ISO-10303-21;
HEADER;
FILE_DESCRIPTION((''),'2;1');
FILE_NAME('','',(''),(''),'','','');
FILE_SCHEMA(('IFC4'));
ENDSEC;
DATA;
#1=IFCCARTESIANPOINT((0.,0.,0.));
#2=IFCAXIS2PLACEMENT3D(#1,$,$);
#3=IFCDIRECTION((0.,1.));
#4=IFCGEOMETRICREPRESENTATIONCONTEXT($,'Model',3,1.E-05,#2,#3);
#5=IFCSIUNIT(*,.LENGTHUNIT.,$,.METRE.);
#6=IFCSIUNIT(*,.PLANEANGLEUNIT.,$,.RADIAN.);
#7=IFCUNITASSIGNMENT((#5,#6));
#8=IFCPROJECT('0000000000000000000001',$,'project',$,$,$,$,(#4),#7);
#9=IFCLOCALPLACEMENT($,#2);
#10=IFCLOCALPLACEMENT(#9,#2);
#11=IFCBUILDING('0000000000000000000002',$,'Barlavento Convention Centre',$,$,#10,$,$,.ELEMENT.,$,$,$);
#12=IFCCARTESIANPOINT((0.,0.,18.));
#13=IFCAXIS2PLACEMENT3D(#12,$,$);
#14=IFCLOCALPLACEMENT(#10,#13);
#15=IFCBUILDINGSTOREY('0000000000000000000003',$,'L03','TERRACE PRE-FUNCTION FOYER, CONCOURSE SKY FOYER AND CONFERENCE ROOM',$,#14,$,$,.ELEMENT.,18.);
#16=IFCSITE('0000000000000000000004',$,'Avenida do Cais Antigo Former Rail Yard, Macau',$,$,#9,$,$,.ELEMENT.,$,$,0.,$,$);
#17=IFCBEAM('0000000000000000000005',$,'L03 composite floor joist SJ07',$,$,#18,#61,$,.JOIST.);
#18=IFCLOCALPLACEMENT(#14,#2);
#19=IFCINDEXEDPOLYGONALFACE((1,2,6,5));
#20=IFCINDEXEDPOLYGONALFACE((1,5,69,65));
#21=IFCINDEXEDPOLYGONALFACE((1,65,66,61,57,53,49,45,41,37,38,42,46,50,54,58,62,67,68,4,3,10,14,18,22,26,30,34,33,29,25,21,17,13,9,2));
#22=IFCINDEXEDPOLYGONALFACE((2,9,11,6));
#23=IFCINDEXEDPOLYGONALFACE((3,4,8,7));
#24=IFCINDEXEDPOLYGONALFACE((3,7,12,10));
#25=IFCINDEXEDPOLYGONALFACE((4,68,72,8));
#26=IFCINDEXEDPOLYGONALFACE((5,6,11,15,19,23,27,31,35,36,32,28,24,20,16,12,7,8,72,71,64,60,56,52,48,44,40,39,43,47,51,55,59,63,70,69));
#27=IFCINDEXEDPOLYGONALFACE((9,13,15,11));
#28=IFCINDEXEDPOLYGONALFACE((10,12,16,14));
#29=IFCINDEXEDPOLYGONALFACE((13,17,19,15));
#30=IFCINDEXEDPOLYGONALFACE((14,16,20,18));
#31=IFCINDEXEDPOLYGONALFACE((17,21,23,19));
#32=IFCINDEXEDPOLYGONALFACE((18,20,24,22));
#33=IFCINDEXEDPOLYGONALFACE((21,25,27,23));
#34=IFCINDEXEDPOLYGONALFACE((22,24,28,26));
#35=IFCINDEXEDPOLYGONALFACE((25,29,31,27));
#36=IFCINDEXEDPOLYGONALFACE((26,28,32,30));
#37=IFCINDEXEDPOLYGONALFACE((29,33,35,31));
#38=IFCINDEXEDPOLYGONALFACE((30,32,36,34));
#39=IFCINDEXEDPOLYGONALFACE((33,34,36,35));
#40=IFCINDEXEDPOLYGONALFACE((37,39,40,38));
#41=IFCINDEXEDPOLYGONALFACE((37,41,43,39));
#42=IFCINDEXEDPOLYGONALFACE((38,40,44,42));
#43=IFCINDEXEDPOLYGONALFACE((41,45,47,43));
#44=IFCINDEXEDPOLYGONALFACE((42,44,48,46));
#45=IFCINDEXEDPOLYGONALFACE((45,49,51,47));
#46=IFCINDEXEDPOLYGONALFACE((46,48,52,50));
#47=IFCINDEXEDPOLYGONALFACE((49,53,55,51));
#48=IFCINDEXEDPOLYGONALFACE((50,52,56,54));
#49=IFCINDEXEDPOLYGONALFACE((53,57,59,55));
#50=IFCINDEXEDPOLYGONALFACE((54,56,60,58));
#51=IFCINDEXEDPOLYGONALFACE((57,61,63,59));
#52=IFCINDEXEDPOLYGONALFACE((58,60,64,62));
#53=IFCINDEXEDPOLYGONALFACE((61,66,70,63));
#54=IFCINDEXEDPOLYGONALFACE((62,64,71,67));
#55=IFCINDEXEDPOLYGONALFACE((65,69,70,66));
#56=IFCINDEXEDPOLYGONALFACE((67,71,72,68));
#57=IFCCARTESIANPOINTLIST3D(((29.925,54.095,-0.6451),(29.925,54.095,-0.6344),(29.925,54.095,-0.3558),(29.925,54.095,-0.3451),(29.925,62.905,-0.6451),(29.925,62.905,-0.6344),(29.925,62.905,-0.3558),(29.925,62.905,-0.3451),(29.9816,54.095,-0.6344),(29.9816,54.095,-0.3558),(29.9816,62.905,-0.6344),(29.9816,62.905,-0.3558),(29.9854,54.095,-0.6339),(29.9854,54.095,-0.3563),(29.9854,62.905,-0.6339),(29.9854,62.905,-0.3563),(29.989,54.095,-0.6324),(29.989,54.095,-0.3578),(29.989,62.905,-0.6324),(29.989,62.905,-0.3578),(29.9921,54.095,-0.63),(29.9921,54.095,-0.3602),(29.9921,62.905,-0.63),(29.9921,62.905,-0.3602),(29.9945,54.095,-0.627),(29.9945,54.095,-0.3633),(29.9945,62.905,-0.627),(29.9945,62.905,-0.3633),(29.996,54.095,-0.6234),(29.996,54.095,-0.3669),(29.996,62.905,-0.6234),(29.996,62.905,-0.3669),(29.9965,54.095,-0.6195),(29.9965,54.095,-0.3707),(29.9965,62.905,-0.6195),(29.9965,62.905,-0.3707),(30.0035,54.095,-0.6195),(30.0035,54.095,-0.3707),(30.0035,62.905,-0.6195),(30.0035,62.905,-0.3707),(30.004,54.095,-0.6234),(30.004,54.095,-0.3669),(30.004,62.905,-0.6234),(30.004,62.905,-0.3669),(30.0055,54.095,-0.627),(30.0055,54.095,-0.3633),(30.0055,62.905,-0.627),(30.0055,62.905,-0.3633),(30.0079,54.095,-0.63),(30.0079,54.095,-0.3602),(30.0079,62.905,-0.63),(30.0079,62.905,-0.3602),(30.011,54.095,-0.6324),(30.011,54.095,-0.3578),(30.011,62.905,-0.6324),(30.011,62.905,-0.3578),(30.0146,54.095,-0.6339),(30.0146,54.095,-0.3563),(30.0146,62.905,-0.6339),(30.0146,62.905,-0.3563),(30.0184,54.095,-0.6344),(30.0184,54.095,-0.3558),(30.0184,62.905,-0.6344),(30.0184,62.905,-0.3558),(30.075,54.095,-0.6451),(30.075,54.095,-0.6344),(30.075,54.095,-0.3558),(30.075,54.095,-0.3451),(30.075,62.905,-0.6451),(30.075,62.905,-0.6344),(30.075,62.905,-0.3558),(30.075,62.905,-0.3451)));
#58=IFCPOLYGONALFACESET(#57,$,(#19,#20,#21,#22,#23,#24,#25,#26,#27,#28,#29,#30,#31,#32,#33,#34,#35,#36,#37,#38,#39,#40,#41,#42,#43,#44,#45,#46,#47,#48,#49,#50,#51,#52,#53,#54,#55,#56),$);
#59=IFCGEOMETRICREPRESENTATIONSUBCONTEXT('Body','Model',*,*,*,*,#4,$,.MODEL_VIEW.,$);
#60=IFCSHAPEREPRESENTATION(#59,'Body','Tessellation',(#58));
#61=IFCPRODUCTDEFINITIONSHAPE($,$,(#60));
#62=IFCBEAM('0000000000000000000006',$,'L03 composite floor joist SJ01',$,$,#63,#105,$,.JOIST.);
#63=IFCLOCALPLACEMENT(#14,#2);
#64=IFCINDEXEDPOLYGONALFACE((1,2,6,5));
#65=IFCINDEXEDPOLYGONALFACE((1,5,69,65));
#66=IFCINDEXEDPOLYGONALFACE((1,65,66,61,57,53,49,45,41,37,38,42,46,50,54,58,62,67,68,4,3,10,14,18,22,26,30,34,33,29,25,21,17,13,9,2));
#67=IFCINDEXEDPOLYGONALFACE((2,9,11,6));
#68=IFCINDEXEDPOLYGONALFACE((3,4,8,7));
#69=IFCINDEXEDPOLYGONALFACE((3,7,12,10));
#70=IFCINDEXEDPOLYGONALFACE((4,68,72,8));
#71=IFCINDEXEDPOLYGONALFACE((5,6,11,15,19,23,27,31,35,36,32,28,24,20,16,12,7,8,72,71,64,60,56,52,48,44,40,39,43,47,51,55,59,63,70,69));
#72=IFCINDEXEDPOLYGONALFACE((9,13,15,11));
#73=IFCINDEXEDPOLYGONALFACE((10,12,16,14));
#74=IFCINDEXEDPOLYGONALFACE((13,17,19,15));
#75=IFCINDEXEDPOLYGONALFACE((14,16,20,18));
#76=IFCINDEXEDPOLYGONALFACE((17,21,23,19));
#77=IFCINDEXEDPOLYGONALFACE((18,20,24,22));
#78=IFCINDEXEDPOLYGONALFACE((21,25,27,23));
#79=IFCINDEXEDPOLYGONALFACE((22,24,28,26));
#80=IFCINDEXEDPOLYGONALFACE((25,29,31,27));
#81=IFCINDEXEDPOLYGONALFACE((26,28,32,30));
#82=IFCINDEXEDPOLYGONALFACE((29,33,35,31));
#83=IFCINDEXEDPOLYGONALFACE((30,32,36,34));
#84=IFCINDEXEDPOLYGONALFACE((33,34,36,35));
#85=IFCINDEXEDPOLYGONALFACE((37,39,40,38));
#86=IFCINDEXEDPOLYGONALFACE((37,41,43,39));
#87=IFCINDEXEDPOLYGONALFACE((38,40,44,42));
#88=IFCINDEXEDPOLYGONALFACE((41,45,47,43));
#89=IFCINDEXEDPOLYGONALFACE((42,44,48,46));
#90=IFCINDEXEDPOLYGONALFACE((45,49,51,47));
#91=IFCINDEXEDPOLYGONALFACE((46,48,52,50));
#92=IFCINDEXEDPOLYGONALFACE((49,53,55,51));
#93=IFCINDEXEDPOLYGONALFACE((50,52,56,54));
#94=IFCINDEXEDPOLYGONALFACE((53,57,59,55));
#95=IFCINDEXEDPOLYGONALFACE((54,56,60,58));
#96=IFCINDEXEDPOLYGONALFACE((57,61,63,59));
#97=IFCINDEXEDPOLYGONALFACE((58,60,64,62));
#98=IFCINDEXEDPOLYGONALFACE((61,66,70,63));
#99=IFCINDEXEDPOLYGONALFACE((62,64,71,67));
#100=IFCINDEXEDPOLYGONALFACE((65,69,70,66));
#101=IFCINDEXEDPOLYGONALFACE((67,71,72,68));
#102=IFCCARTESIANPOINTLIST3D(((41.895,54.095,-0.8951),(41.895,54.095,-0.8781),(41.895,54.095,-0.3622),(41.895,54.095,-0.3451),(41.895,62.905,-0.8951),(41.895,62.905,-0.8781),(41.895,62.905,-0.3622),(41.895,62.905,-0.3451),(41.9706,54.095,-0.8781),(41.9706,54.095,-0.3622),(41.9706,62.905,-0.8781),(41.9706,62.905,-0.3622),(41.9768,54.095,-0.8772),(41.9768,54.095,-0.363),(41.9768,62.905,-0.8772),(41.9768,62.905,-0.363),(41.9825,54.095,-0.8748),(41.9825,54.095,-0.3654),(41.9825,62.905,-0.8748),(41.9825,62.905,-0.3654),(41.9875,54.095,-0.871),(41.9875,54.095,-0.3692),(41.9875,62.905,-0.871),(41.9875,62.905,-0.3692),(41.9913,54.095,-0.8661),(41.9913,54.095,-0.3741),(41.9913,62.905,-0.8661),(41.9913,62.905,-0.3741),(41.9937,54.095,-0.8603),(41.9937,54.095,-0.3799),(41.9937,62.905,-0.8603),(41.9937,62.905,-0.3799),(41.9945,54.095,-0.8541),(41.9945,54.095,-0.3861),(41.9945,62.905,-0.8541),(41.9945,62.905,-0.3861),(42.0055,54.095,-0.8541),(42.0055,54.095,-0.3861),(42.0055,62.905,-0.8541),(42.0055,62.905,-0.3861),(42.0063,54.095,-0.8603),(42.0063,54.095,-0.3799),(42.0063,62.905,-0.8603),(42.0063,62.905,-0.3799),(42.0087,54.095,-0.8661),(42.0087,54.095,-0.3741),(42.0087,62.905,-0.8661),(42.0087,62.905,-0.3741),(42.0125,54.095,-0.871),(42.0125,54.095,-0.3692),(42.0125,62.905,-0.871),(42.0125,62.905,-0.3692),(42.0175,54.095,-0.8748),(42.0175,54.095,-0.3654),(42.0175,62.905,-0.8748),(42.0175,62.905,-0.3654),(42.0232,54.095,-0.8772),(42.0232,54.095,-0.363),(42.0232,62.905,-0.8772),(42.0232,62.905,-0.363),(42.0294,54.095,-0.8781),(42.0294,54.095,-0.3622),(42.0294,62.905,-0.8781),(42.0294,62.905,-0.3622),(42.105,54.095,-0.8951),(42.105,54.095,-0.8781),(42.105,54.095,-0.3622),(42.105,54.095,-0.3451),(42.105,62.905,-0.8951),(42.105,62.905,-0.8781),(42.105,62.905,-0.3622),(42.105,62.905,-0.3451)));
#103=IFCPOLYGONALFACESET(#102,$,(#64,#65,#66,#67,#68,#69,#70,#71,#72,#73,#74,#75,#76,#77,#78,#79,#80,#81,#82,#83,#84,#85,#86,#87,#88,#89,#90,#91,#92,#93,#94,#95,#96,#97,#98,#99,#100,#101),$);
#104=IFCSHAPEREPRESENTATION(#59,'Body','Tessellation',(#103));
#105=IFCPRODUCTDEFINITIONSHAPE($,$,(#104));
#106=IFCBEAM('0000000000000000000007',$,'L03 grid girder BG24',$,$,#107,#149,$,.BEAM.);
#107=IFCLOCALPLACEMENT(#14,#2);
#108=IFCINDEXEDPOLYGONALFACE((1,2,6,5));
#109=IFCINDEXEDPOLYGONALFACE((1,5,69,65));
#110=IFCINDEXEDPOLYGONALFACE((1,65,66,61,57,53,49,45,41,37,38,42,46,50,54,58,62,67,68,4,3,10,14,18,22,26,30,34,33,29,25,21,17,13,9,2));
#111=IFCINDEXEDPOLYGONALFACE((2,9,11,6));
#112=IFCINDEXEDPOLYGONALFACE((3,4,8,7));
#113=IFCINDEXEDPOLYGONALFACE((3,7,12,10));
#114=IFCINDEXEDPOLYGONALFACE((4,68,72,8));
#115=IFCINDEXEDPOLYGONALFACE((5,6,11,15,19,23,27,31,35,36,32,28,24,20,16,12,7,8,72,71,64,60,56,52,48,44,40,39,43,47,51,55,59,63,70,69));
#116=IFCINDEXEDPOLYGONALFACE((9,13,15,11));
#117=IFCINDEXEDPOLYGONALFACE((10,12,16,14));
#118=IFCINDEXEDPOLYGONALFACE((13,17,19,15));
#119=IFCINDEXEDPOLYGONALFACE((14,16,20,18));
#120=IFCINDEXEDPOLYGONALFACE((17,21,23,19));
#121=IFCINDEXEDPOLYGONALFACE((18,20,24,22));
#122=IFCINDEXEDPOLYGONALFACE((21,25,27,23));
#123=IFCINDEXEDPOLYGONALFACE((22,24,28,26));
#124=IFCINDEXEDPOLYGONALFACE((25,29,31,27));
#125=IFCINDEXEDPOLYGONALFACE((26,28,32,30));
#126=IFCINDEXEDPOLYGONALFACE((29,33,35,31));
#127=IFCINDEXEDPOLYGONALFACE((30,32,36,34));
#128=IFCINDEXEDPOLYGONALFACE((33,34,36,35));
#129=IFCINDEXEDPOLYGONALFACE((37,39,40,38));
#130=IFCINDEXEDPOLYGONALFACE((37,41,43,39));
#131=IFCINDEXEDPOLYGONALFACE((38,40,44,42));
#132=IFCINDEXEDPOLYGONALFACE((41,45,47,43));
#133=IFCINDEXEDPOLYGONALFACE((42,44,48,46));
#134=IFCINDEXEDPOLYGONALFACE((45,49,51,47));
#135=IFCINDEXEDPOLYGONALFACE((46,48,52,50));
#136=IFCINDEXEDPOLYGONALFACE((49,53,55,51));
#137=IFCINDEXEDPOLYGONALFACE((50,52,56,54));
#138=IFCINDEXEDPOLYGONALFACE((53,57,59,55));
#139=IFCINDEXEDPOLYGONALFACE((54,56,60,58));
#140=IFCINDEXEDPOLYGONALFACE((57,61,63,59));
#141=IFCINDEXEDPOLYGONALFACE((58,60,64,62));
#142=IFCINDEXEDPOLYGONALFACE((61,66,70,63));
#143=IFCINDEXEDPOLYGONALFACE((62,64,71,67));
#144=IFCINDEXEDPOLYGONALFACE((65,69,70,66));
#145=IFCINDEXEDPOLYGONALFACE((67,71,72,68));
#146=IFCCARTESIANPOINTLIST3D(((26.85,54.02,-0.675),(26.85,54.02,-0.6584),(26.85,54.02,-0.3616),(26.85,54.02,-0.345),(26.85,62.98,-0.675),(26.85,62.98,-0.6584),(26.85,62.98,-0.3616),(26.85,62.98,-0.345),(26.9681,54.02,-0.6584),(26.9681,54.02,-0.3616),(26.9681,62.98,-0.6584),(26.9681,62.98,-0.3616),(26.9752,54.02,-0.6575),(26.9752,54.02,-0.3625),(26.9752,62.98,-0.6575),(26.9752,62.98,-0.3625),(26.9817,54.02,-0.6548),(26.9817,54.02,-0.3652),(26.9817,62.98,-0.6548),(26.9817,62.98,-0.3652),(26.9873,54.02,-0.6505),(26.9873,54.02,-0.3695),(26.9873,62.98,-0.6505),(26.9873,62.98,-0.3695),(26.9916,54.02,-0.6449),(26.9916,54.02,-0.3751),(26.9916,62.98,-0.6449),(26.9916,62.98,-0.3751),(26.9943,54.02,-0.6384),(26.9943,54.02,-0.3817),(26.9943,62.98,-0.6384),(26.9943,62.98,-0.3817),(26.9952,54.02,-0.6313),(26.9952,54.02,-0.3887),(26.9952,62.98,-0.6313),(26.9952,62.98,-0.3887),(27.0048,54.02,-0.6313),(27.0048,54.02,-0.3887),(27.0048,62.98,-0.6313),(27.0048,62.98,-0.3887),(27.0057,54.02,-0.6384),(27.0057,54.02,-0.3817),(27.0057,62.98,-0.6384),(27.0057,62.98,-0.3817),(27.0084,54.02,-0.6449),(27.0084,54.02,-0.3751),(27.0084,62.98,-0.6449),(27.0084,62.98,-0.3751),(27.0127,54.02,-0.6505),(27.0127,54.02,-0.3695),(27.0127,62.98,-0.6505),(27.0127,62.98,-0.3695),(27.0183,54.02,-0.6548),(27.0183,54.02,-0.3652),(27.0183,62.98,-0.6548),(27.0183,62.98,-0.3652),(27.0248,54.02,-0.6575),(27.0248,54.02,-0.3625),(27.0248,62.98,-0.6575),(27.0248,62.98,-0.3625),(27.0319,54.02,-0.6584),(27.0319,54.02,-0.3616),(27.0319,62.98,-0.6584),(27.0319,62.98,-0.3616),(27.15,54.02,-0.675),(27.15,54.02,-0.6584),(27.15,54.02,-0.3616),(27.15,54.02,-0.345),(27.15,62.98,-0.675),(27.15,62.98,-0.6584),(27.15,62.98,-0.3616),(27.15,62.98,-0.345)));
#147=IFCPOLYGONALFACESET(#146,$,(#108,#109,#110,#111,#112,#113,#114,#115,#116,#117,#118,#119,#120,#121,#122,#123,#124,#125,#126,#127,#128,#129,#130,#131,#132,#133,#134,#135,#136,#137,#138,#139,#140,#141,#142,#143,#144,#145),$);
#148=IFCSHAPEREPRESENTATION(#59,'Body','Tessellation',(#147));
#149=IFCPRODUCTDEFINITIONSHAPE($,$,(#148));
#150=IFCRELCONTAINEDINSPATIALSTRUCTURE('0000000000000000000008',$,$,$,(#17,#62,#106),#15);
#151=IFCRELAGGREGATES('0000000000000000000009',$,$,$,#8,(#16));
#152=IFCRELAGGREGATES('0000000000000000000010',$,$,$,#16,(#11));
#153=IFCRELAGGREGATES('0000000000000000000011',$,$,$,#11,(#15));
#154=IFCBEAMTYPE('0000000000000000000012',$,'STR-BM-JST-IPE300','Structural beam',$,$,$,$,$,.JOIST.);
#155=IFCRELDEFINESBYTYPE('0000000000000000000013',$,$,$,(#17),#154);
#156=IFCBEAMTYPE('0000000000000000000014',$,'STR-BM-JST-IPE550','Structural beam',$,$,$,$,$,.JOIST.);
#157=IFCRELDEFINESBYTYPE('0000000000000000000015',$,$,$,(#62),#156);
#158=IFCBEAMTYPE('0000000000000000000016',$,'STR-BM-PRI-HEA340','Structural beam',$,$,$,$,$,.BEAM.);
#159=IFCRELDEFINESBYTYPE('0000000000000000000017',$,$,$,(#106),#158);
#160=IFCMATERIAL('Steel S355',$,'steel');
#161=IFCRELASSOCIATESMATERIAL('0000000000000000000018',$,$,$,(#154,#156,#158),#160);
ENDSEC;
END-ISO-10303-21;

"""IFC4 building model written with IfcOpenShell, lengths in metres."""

from ifc_helpers import new_model, si_unit, direction, frame, origin, origin_2d, place, context, subcontext, project, spatial, i_section, extrude, material, material_profile, profile_set, type_object, element, save


model = new_model("IFC4")

# Units and contexts
model_context = context("Model", 3, precision=1e-05, world=origin(), true_north=direction((0.0, 1.0)))
body_context = subcontext(model_context, "Body", "Model", "MODEL_VIEW")
ifc_project = project(units=[si_unit("LENGTHUNIT", "METRE"), si_unit("PLANEANGLEUNIT", "RADIAN")], contexts=[model_context])

# Site, building, storey
site_placement = place(None, origin())
site = spatial("IfcSite", under=ifc_project, at=site_placement, Name="Avenida do Cais Antigo Former Rail Yard, Macau", CompositionType="ELEMENT", RefElevation=0.0)
building_placement = place(site_placement, origin())
building = spatial("IfcBuilding", under=site, at=building_placement, Name="Barlavento Convention Centre", CompositionType="ELEMENT")
storey_placement = place(building_placement, frame((0.0, 0.0, 18.0)))
storey = spatial("IfcBuildingStorey", under=building, at=storey_placement, Name="L03", Description="TERRACE PRE-FUNCTION FOYER, CONCOURSE SKY FOYER AND CONFERENCE ROOM", CompositionType="ELEMENT", Elevation=18.0)

# Beams
ifc_material_1 = material(Name="Steel S355", Category="steel")
ifc_material_profile_1 = material_profile(ifc_material_1, i_section(OverallWidth=0.1499, OverallDepth=0.3, WebThickness=0.0071, FlangeThickness=0.0107, FilletRadius=0.0149, at=origin_2d()), Name="IPE 300")
ifc_profile_set_1 = profile_set([ifc_material_profile_1], Name="Steel S355")
beam_type_1 = type_object("IfcBeamType", Name="STR-BM-JST-IPE300", Description="Structural beam", PredefinedType="JOIST", material=ifc_profile_set_1)
beam_1_placement = place(storey_placement, frame((30.0, 54.095, -0.4951), z_axis=(0.0, 1.0, 0.0), x_axis=(-1.0, 0.0, 0.0)))
element("IfcBeam", 1, at=beam_1_placement, inside=storey, type_object=beam_type_1, Name="L03 composite floor joist SJ07", PredefinedType="JOIST", context=body_context, shape_type="SweptSolid", body=[
    extrude(i_section(OverallWidth=0.1499, OverallDepth=0.3, WebThickness=0.0071, FlangeThickness=0.0107, FilletRadius=0.0149, at=origin_2d()), origin(), (0.0, 0.0, 1.0), 8.8101),
])
ifc_material_profile_2 = material_profile(ifc_material_1, i_section(OverallWidth=0.21, OverallDepth=0.55, WebThickness=0.011, FlangeThickness=0.0171, FilletRadius=0.0239, at=origin_2d()), Name="IPE 550")
ifc_profile_set_2 = profile_set([ifc_material_profile_2], Name="Steel S355")
beam_type_2 = type_object("IfcBeamType", Name="STR-BM-JST-IPE550", Description="Structural beam", PredefinedType="JOIST", material=ifc_profile_set_2)
beam_2_placement = place(storey_placement, frame((42.0, 54.095, -0.6201), z_axis=(0.0, 1.0, 0.0), x_axis=(-1.0, 0.0, 0.0)))
element("IfcBeam", 2, at=beam_2_placement, inside=storey, type_object=beam_type_2, Name="L03 composite floor joist SJ01", PredefinedType="JOIST", context=body_context, shape_type="SweptSolid", body=[
    extrude(i_section(OverallWidth=0.21, OverallDepth=0.55, WebThickness=0.011, FlangeThickness=0.0171, FilletRadius=0.0239, at=origin_2d()), origin(), (0.0, 0.0, 1.0), 8.8101),
])
ifc_material_profile_3 = material_profile(ifc_material_1, i_section(OverallWidth=0.3, OverallDepth=0.3301, WebThickness=0.0095, FlangeThickness=0.0166, FilletRadius=0.0271, at=origin_2d()), Name="HEA 340")
ifc_profile_set_3 = profile_set([ifc_material_profile_3], Name="Steel S355")
beam_type_3 = type_object("IfcBeamType", Name="STR-BM-PRI-HEA340", Description="Structural beam", PredefinedType="BEAM", material=ifc_profile_set_3)
beam_3_placement = place(storey_placement, frame((27.0, 54.02, -0.51), z_axis=(0.0, 1.0, 0.0), x_axis=(-1.0, 0.0, 0.0)))
element("IfcBeam", 3, at=beam_3_placement, inside=storey, type_object=beam_type_3, Name="L03 grid girder BG24", PredefinedType="BEAM", context=body_context, shape_type="SweptSolid", body=[
    extrude(i_section(OverallWidth=0.3, OverallDepth=0.3301, WebThickness=0.0095, FlangeThickness=0.0166, FilletRadius=0.0271, at=origin_2d()), origin(), (0.0, 0.0, 1.0), 8.96),
])

save(model, "model.ifc")
